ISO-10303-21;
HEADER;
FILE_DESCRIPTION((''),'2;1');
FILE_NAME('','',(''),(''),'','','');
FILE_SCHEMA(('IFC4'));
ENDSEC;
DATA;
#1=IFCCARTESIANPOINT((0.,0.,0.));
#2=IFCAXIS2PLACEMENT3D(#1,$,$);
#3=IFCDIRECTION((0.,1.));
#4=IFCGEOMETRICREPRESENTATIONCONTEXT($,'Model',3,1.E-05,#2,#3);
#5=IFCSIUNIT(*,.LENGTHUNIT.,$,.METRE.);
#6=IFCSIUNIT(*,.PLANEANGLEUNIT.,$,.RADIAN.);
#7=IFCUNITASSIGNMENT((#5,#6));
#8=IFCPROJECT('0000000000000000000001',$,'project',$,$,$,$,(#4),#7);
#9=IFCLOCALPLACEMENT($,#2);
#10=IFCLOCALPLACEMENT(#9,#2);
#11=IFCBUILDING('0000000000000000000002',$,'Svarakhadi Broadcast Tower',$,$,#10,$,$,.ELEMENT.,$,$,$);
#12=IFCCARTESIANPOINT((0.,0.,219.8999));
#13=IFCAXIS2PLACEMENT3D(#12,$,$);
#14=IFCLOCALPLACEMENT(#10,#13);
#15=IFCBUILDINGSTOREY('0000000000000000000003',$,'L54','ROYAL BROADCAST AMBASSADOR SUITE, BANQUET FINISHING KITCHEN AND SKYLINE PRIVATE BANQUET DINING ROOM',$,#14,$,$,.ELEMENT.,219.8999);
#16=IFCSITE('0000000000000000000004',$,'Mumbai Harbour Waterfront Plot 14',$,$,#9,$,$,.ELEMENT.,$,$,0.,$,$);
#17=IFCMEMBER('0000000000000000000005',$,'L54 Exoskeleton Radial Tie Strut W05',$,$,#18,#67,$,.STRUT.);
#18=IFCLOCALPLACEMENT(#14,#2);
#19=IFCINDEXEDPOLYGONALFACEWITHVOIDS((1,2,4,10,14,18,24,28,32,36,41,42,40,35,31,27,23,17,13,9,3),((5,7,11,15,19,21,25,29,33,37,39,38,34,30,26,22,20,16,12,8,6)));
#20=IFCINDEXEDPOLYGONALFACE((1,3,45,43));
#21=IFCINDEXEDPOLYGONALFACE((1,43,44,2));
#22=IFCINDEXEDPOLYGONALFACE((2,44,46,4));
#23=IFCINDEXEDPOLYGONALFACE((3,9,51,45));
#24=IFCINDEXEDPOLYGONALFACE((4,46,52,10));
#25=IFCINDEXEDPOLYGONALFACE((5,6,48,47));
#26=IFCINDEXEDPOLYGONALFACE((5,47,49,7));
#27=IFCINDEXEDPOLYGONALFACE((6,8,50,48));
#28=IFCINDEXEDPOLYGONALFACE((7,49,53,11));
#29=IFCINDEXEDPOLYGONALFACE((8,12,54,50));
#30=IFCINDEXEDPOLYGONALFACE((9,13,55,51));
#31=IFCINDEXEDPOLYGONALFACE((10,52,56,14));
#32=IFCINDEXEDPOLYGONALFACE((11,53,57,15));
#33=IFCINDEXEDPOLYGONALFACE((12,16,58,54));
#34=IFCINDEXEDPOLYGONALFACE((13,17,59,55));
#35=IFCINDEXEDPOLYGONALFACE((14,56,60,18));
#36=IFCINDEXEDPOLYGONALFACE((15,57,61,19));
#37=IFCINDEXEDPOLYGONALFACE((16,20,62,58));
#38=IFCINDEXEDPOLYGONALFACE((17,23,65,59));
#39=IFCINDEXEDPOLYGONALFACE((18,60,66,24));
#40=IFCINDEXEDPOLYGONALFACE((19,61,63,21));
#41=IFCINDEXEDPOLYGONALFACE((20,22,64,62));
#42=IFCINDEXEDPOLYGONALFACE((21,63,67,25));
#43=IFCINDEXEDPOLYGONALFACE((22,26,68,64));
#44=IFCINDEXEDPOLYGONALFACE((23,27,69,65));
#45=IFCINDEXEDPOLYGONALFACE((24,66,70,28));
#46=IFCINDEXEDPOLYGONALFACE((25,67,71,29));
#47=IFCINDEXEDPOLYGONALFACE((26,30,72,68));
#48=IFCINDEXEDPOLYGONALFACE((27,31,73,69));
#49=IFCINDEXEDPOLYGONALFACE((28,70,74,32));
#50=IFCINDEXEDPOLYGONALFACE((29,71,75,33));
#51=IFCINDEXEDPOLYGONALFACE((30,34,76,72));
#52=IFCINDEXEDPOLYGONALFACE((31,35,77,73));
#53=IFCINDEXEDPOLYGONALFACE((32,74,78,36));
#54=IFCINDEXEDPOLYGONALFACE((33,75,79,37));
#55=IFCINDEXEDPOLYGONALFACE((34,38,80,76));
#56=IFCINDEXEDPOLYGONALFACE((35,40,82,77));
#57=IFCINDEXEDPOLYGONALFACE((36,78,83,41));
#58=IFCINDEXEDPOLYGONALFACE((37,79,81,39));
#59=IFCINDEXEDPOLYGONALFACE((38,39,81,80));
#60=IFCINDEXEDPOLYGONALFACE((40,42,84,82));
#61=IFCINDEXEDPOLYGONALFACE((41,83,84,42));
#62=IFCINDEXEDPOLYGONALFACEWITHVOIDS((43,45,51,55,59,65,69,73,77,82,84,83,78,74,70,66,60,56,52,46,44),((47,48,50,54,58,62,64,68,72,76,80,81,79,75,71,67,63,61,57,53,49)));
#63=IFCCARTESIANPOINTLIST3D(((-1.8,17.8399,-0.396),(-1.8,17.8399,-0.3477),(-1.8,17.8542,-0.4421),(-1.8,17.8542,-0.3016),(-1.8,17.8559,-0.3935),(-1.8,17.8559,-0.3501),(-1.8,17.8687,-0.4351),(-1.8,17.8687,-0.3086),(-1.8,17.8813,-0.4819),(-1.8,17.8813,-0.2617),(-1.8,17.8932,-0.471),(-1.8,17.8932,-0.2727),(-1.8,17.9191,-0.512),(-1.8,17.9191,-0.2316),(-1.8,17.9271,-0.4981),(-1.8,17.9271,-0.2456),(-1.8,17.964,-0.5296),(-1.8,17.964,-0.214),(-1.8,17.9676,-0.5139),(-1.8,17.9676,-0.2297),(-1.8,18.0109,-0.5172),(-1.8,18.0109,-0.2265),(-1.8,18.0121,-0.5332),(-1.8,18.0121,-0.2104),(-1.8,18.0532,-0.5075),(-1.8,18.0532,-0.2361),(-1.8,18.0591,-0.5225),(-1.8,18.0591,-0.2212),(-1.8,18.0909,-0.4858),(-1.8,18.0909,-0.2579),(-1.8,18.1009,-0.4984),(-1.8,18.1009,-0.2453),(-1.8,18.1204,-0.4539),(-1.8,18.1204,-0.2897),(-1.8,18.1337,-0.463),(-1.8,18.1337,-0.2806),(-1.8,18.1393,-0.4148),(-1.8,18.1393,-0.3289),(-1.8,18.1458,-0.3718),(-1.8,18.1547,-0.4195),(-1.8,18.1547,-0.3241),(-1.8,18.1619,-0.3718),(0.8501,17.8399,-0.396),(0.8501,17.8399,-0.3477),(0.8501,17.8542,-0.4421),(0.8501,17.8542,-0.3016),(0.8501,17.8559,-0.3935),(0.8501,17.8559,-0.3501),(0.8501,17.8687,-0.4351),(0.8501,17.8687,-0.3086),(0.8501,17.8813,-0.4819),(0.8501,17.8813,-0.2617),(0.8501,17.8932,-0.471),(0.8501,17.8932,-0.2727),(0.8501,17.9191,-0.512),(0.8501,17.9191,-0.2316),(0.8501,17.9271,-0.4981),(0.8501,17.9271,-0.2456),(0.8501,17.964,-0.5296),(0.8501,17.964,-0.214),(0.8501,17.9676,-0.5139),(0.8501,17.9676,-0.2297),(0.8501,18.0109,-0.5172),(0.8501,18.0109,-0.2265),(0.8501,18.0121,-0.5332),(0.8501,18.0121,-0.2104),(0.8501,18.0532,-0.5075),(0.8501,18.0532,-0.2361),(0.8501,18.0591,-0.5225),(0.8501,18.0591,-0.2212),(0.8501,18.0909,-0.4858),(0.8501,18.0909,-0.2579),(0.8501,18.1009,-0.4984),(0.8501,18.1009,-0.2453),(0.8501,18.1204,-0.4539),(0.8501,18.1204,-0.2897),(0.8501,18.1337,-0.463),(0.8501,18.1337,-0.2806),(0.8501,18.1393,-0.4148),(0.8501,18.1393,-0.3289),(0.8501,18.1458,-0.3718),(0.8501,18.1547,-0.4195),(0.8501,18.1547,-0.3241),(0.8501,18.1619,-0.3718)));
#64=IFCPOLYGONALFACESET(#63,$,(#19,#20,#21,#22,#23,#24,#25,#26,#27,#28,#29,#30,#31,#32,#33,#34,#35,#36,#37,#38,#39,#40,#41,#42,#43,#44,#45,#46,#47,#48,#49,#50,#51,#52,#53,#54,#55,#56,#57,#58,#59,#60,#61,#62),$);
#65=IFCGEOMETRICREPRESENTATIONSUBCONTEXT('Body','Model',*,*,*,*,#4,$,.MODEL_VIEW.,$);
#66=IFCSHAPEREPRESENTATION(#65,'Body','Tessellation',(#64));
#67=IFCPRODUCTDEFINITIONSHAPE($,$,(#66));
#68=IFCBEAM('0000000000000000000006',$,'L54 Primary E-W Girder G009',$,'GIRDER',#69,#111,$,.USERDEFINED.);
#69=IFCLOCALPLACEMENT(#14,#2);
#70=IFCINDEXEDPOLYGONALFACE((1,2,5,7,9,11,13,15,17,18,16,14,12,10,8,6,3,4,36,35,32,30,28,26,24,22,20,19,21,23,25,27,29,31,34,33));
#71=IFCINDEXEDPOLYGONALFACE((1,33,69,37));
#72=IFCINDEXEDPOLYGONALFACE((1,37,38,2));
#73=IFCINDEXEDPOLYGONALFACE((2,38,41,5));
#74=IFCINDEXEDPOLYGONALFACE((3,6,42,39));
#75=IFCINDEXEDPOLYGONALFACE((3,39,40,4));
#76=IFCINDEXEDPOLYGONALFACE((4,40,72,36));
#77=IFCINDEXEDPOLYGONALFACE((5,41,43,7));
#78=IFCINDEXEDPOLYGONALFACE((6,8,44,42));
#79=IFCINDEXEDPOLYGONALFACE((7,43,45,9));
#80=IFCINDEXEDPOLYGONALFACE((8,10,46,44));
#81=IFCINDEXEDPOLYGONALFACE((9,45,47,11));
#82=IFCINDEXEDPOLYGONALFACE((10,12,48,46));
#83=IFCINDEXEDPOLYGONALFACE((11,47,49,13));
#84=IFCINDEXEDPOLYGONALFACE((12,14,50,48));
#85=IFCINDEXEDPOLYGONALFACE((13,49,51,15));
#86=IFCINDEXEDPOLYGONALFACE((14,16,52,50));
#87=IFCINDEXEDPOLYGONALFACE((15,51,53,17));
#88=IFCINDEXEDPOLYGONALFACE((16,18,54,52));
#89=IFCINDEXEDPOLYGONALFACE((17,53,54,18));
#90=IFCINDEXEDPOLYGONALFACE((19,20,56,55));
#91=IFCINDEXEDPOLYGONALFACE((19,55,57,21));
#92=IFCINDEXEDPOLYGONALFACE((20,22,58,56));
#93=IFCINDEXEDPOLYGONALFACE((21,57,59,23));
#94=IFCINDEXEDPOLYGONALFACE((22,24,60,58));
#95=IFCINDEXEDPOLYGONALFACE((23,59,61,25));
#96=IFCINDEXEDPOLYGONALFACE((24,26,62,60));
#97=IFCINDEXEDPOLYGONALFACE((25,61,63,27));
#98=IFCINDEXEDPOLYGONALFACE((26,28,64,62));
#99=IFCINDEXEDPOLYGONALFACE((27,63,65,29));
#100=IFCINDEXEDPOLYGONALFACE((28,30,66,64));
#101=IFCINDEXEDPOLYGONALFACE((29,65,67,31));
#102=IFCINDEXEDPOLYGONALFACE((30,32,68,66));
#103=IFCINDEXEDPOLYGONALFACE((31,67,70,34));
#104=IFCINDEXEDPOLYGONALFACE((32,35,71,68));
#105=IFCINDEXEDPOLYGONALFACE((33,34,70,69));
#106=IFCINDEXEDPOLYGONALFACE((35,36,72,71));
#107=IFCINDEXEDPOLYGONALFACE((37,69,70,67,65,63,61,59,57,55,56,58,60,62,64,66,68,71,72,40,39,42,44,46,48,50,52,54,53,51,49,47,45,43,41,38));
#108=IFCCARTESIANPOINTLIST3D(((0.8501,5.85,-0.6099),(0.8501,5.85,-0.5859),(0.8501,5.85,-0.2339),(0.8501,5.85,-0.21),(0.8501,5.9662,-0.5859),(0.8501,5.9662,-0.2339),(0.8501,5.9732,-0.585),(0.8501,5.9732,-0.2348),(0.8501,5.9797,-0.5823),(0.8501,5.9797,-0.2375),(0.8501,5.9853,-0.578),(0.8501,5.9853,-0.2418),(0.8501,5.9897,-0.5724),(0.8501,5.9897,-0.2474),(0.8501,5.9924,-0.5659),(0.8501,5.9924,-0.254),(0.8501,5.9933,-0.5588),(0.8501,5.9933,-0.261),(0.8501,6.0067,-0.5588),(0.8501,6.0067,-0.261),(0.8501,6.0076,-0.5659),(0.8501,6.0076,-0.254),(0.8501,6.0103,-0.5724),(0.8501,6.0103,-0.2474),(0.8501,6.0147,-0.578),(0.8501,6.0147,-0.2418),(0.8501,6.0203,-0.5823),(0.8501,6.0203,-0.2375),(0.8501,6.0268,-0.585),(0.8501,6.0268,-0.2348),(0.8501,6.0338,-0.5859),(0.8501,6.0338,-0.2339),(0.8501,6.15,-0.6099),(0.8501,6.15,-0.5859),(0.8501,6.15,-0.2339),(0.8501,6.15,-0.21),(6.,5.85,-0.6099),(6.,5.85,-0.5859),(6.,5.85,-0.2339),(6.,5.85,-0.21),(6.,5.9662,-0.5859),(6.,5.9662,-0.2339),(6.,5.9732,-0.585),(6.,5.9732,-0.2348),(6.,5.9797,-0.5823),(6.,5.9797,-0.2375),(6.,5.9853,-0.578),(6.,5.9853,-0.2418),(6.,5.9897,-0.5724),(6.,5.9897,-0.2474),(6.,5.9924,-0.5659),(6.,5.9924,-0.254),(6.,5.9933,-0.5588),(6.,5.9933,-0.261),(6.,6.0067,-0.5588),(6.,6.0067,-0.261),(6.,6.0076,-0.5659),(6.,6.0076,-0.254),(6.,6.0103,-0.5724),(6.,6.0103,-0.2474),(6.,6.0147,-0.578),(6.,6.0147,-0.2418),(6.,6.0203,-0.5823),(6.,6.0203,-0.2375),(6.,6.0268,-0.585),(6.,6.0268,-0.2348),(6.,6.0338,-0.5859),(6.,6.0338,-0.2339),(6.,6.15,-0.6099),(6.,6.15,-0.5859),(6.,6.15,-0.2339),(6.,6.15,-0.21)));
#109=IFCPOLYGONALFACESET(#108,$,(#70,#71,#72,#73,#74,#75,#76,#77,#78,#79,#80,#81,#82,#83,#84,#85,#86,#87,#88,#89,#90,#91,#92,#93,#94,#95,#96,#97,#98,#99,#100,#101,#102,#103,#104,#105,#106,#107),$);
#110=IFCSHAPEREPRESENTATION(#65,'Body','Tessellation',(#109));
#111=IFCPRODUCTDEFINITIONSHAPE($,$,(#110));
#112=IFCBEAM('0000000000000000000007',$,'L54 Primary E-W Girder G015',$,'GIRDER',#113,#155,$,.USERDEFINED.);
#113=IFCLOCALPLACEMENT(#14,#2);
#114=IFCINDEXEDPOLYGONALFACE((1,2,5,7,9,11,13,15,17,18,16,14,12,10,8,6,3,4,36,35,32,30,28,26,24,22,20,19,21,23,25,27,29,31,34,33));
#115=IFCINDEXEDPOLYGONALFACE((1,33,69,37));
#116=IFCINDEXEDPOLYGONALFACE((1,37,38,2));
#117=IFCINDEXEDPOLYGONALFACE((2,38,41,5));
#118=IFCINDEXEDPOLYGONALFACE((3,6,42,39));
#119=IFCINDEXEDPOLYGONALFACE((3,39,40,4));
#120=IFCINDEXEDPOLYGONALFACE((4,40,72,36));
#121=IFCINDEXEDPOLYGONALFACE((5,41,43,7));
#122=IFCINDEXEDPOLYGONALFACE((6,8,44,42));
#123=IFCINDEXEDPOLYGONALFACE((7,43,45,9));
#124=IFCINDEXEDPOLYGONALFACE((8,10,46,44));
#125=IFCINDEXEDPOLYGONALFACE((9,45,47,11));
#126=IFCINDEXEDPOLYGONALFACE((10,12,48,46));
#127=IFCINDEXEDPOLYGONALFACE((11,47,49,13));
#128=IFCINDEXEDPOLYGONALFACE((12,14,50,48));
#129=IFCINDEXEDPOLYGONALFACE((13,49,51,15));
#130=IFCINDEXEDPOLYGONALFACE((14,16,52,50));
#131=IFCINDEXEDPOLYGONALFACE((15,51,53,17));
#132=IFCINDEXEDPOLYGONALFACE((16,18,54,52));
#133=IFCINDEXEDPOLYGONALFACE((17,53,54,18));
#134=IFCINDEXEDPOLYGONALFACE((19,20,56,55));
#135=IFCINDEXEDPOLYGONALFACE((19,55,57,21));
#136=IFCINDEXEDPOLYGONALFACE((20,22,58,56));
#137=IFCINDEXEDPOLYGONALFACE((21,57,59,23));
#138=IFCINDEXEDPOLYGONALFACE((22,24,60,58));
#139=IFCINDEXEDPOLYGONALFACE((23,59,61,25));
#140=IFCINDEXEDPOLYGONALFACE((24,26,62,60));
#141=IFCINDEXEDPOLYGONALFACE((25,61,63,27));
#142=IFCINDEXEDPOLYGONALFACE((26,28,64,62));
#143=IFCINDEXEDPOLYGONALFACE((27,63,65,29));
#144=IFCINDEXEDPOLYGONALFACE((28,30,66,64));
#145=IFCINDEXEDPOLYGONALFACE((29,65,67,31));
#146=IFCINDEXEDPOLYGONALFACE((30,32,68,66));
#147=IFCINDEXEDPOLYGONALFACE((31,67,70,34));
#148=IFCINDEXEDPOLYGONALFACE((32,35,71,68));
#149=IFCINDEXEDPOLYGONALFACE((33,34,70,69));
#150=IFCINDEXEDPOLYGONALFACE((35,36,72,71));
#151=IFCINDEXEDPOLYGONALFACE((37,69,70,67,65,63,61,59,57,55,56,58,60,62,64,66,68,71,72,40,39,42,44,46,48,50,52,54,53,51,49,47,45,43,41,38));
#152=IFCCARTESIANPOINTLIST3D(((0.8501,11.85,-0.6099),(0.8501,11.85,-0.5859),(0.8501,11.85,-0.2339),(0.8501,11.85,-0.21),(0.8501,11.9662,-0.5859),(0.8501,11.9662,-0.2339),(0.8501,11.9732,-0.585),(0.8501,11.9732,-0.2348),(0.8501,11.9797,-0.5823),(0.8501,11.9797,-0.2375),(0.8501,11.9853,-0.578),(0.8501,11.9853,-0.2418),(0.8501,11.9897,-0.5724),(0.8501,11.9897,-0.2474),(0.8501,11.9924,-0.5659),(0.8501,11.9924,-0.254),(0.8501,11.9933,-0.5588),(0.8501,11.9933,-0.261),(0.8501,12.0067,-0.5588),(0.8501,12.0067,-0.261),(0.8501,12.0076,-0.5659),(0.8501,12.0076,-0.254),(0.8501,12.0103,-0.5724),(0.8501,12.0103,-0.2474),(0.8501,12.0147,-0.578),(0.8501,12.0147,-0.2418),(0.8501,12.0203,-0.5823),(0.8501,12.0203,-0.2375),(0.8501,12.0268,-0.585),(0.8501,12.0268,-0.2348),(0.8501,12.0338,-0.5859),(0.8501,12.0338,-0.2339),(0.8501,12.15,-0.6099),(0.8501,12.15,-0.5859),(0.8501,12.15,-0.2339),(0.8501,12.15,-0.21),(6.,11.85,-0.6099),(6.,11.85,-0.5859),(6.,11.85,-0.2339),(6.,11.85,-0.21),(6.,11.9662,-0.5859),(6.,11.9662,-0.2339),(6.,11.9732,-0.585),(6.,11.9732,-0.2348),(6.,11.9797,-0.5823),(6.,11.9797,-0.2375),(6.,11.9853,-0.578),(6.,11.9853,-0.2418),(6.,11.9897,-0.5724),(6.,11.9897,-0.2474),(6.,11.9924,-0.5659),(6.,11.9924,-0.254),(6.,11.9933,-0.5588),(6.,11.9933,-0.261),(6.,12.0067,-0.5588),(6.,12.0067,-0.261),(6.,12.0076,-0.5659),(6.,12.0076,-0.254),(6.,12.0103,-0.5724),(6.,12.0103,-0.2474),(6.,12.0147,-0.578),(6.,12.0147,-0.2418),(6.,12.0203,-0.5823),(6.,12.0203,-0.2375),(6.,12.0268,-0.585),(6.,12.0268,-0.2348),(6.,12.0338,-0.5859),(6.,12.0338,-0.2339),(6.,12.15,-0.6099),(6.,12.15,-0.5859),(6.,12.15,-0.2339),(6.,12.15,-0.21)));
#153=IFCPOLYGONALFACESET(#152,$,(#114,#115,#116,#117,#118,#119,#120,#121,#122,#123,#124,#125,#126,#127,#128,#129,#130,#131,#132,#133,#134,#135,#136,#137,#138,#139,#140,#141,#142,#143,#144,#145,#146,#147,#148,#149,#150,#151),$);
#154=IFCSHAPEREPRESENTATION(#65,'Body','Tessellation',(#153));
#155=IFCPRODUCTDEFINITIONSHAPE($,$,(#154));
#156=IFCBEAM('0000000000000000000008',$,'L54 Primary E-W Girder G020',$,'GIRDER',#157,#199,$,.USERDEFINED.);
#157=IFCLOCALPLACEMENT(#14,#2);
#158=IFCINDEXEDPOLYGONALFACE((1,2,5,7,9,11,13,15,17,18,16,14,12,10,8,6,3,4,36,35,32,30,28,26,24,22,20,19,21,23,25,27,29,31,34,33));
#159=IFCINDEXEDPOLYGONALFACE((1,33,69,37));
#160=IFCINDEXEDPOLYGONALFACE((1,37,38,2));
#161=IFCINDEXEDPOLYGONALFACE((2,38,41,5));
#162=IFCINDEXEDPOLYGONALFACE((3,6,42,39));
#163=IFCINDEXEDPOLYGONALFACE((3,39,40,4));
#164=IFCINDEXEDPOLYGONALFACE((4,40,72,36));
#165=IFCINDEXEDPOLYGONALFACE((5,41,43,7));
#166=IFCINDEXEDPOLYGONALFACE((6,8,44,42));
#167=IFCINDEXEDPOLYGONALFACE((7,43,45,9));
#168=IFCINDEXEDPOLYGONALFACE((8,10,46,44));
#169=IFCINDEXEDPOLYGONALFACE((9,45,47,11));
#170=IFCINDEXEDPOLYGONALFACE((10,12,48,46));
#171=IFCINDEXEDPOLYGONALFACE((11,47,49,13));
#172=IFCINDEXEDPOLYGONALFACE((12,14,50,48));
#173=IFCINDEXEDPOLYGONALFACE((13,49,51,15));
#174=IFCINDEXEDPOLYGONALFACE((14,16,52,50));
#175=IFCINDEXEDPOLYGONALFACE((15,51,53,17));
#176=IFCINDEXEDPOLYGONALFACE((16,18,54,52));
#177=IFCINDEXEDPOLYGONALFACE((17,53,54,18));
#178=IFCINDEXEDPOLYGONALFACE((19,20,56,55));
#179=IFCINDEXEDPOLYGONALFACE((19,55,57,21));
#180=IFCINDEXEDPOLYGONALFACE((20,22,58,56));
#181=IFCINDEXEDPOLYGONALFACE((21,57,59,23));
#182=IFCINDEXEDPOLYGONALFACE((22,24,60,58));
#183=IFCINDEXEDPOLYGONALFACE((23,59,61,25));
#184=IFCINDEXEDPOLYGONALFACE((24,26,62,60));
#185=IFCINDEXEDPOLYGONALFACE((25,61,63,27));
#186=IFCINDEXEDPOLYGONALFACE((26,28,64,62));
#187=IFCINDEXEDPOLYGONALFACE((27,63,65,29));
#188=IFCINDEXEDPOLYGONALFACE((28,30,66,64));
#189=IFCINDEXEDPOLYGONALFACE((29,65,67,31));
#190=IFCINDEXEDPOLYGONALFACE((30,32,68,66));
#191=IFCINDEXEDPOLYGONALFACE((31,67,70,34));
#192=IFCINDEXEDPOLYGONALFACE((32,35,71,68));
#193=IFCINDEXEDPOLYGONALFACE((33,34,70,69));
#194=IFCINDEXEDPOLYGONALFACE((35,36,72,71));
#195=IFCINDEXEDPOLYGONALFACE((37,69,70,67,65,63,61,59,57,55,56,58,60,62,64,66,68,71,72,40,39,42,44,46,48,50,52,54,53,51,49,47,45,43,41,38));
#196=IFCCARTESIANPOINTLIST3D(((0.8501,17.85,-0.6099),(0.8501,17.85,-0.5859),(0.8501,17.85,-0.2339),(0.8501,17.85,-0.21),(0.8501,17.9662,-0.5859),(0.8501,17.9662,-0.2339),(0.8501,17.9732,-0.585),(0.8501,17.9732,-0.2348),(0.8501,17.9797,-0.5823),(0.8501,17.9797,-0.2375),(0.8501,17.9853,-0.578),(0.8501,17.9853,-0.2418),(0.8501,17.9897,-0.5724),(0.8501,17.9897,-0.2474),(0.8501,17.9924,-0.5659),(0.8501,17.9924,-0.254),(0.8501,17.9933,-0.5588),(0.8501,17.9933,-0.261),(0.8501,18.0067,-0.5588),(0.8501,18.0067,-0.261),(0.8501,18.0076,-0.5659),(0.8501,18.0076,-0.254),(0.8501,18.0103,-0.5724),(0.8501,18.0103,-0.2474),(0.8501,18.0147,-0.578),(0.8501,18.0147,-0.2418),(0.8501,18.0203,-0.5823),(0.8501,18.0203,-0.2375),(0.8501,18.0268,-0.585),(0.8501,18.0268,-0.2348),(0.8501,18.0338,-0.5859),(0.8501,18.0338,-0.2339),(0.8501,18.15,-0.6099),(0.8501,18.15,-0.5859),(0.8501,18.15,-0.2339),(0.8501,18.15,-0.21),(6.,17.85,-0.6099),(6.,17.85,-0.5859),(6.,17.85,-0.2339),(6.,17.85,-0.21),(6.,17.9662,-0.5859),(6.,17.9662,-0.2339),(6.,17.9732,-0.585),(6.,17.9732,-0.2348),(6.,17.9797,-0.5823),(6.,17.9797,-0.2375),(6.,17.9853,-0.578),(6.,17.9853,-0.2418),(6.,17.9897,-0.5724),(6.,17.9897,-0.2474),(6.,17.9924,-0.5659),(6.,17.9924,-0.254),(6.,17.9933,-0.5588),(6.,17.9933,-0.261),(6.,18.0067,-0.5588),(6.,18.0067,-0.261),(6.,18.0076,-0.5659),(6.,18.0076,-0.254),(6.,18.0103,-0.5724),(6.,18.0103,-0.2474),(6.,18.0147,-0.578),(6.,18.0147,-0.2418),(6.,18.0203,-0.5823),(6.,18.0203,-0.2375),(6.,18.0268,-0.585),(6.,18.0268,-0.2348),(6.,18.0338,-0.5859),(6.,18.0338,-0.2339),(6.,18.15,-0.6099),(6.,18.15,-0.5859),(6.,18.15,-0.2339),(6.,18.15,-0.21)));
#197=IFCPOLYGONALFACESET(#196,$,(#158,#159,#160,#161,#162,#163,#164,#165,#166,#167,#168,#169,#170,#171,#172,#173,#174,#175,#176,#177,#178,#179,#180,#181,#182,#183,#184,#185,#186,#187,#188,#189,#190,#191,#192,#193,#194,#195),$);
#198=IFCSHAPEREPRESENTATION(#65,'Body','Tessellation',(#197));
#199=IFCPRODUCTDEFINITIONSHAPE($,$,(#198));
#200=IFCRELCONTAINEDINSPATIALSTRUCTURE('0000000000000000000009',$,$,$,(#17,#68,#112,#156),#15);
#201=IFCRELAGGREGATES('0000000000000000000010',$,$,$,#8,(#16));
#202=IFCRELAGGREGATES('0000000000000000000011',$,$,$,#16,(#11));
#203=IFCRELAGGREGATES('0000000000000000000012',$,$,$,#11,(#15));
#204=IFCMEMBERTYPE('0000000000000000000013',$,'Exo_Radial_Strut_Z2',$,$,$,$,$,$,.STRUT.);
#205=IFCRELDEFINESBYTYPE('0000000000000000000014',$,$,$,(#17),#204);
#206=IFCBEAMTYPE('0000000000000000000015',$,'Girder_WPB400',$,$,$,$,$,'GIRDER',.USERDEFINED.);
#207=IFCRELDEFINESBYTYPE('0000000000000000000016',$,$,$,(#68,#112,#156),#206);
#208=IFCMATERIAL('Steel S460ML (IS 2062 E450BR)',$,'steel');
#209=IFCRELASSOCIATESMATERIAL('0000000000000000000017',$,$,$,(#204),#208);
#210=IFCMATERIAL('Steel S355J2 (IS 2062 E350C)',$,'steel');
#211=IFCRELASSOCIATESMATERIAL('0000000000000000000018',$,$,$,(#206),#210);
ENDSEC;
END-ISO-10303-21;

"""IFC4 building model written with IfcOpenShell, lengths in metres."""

from ifc_helpers import new_model, si_unit, direction, frame, origin, origin_2d, place, context, subcontext, project, spatial, hollow_circle, i_section, extrude, material, material_profile, profile_set, type_object, element, save


model = new_model("IFC4")

# Units and contexts
model_context = context("Model", 3, precision=1e-05, world=origin(), true_north=direction((0.0, 1.0)))
body_context = subcontext(model_context, "Body", "Model", "MODEL_VIEW")
ifc_project = project(units=[si_unit("LENGTHUNIT", "METRE"), si_unit("PLANEANGLEUNIT", "RADIAN")], contexts=[model_context])

# Site, building, storey
site_placement = place(None, origin())
site = spatial("IfcSite", under=ifc_project, at=site_placement, Name="Mumbai Harbour Waterfront Plot 14", CompositionType="ELEMENT", RefElevation=0.0)
building_placement = place(site_placement, origin())
building = spatial("IfcBuilding", under=site, at=building_placement, Name="Svarakhadi Broadcast Tower", CompositionType="ELEMENT")
storey_placement = place(building_placement, frame((0.0, 0.0, 219.8999)))
storey = spatial("IfcBuildingStorey", under=building, at=storey_placement, Name="L54", Description="ROYAL BROADCAST AMBASSADOR SUITE, BANQUET FINISHING KITCHEN AND SKYLINE PRIVATE BANQUET DINING ROOM", CompositionType="ELEMENT", Elevation=219.8999)

# Shared definitions
ifc_material_1 = material(Name="Steel S460ML (IS 2062 E450BR)", Category="steel")

# Member
ifc_material_profile_1 = material_profile(ifc_material_1, hollow_circle(Radius=0.1619, WallThickness=0.0161, at=origin_2d()), Name="CHS 323.9x16")
ifc_profile_set_1 = profile_set([ifc_material_profile_1], Name="Steel S460ML (IS 2062 E450BR)")
member_type_1 = type_object("IfcMemberType", Name="Exo_Radial_Strut_Z2", PredefinedType="STRUT", material=ifc_profile_set_1)
for number, where, z_axis, x_axis, name in (
    (1, (-1.8, 18.0, -0.3718), (1.0, 0.0, 0.0), (0.0, 1.0, 0.0), "L54 Exoskeleton Radial Tie Strut W05"),
):
    element("IfcMember", number, at=place(storey_placement, frame(where, z_axis=z_axis, x_axis=x_axis)), inside=storey, type_object=member_type_1, Name=name, PredefinedType="STRUT", context=body_context, shape_type="SweptSolid", body=[
        extrude(hollow_circle(Radius=0.1619, WallThickness=0.0161, at=origin_2d()), origin(), (0.0, 0.0, 1.0), 2.6501),
    ])

# Beams
ifc_material_2 = material(Name="Steel S355J2 (IS 2062 E350C)", Category="steel")
ifc_material_profile_2 = material_profile(ifc_material_2, i_section(OverallWidth=0.3, OverallDepth=0.3999, WebThickness=0.0134, FlangeThickness=0.0239, FilletRadius=0.0271, at=origin_2d()), Name="WPB 400x300x155")
ifc_profile_set_2 = profile_set([ifc_material_profile_2], Name="Steel S355J2 (IS 2062 E350C)")
beam_type_1 = type_object("IfcBeamType", Name="Girder_WPB400", ElementType="GIRDER", PredefinedType="USERDEFINED", material=ifc_profile_set_2)
for number, where, z_axis, x_axis, name in (
    (2, (0.8501, 6.0, -0.4099), (1.0, 0.0, 0.0), (0.0, 1.0, 0.0), "L54 Primary E-W Girder G009"),
    (3, (0.8501, 12.0, -0.4099), (1.0, 0.0, 0.0), (0.0, 1.0, 0.0), "L54 Primary E-W Girder G015"),
    (4, (0.8501, 18.0, -0.4099), (1.0, 0.0, 0.0), (0.0, 1.0, 0.0), "L54 Primary E-W Girder G020"),
):
    element("IfcBeam", number, at=place(storey_placement, frame(where, z_axis=z_axis, x_axis=x_axis)), inside=storey, type_object=beam_type_1, Name=name, ObjectType="GIRDER", PredefinedType="USERDEFINED", context=body_context, shape_type="SweptSolid", body=[
        extrude(i_section(OverallWidth=0.3, OverallDepth=0.3999, WebThickness=0.0134, FlangeThickness=0.0239, FilletRadius=0.0271, at=origin_2d()), origin(), (0.0, 0.0, 1.0), 5.1499),
    ])

save(model, "model.ifc")
